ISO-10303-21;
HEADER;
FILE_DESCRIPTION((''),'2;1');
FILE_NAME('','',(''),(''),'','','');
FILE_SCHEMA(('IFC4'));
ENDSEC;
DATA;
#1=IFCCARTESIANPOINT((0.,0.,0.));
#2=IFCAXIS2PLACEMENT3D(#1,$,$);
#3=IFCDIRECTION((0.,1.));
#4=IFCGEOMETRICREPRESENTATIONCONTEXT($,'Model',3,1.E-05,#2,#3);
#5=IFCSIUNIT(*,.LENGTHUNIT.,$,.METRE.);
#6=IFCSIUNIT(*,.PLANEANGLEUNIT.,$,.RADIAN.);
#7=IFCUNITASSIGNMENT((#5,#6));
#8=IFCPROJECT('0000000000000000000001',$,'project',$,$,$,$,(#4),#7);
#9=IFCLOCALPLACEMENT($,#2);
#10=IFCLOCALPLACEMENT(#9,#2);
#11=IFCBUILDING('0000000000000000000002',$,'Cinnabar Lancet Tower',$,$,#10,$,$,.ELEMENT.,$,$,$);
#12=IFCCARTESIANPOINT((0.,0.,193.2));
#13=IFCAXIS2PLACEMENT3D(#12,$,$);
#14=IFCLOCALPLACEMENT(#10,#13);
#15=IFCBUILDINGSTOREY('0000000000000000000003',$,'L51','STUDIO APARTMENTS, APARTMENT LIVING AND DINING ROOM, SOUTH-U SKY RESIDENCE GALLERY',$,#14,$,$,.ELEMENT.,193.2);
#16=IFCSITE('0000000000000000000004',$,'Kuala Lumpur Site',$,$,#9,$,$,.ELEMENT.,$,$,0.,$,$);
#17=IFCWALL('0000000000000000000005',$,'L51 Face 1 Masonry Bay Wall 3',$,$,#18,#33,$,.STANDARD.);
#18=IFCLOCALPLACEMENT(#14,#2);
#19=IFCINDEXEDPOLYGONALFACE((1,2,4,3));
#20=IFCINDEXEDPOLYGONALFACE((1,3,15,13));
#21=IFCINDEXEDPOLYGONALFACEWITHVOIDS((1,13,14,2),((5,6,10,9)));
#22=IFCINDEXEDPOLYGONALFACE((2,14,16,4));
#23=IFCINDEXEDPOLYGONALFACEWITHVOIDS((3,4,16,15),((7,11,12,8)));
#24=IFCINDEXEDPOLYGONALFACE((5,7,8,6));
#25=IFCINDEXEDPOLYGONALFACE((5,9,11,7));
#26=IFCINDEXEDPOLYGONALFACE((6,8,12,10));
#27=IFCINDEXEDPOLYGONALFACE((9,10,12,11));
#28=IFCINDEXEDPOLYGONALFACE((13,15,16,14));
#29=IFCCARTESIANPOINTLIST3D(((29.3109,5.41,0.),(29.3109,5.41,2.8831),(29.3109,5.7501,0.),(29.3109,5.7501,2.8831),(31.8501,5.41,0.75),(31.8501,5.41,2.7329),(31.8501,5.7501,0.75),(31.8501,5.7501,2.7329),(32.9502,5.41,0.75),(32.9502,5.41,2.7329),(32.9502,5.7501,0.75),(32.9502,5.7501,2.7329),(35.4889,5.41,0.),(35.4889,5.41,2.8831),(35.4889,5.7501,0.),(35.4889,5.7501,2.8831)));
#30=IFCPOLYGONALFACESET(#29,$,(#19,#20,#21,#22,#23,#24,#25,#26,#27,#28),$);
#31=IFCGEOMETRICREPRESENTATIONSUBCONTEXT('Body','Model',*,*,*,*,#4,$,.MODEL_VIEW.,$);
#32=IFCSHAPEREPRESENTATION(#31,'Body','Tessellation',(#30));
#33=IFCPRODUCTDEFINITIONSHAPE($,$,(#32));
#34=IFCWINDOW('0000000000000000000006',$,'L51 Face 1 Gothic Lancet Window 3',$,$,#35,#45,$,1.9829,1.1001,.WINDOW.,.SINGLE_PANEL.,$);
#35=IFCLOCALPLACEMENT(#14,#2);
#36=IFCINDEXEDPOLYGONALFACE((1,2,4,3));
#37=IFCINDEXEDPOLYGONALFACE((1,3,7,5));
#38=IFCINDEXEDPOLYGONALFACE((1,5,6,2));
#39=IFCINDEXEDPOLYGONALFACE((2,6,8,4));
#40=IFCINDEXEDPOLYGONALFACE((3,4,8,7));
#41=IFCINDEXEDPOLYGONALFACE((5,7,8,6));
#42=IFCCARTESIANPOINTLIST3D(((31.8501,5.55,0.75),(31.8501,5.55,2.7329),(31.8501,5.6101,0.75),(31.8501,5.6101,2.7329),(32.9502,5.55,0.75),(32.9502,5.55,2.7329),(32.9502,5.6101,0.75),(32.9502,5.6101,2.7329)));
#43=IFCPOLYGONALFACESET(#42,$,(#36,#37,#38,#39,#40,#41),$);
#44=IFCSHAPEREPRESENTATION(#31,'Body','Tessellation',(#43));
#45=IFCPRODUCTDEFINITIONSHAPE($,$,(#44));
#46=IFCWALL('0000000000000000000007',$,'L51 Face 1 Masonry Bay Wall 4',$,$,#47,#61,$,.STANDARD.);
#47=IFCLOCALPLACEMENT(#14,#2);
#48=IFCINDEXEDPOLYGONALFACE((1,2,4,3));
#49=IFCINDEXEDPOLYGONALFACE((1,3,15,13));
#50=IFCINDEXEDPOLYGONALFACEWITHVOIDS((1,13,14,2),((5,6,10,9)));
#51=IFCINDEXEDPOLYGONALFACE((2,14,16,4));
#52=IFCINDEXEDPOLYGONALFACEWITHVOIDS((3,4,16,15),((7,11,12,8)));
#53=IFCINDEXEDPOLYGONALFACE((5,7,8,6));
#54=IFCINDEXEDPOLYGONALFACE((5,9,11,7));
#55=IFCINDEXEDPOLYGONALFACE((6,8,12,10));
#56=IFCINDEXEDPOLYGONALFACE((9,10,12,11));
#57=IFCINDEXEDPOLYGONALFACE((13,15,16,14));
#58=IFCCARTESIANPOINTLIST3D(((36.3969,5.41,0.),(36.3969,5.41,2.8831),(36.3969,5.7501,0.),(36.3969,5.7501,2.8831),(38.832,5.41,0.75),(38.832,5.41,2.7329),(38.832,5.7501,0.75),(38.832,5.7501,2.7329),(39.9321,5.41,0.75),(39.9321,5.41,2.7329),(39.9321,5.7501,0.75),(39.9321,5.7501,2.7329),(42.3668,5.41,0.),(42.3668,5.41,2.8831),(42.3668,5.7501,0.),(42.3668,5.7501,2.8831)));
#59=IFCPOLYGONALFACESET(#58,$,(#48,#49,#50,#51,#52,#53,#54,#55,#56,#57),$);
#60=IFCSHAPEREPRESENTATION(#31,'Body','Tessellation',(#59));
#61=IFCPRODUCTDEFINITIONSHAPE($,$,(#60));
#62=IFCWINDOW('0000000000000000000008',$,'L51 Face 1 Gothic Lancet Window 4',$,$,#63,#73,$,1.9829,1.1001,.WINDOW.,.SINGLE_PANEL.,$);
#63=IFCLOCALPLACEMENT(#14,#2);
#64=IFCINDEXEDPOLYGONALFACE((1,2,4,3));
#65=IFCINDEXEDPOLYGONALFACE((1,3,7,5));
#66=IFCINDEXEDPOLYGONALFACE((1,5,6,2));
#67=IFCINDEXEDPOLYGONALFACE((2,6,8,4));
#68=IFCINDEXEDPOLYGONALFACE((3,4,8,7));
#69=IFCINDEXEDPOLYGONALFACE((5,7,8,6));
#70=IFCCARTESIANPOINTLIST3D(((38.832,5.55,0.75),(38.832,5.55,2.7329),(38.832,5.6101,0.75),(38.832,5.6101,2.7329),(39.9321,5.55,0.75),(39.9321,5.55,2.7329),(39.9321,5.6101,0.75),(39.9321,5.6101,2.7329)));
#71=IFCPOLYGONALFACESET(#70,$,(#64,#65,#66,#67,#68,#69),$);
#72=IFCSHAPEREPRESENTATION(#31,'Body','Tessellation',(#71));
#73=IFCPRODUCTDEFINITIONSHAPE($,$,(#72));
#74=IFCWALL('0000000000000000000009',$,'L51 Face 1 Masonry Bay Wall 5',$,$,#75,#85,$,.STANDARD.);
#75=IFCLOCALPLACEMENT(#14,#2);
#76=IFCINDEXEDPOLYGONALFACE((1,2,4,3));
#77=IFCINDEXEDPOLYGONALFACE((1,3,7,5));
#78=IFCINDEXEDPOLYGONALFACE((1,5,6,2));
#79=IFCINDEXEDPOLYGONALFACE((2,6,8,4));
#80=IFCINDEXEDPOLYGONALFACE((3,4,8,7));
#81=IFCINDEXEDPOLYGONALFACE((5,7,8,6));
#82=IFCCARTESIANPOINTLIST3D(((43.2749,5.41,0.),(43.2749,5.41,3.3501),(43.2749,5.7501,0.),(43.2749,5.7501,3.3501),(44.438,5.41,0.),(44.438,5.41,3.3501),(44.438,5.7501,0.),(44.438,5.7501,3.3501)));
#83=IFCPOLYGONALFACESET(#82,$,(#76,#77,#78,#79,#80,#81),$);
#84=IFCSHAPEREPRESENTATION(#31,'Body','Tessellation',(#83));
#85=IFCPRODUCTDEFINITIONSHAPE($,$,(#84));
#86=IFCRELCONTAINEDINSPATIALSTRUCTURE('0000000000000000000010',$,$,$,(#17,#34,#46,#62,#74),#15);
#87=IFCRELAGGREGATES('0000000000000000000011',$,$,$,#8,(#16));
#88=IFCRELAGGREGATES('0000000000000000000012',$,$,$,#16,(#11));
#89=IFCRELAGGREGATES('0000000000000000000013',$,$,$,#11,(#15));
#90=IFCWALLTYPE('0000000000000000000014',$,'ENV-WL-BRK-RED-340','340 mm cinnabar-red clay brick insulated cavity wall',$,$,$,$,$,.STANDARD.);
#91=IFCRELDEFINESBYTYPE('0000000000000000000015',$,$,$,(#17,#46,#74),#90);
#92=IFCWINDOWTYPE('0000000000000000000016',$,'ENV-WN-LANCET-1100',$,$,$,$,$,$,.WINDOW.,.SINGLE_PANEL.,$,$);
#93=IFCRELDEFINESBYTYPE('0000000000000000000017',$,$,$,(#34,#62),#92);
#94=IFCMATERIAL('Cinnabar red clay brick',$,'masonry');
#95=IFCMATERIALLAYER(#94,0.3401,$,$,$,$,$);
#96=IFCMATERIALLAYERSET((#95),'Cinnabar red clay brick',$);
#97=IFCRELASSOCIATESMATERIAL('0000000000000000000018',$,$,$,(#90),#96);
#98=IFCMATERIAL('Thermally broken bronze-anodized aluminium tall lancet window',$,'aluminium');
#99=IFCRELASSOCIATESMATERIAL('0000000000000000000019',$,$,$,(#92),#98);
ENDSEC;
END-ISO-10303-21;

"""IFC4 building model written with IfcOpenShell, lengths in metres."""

from ifc_helpers import new_model, si_unit, direction, frame, frame_2d, origin, place, context, subcontext, project, spatial, rectangle, extrude, material, layer, layer_set, type_object, element, fill, save


model = new_model("IFC4")

# Units and contexts
model_context = context("Model", 3, precision=1e-05, world=origin(), true_north=direction((0.0, 1.0)))
body_context = subcontext(model_context, "Body", "Model", "MODEL_VIEW")
ifc_project = project(units=[si_unit("LENGTHUNIT", "METRE"), si_unit("PLANEANGLEUNIT", "RADIAN")], contexts=[model_context])

# Site, building, storey
site_placement = place(None, origin())
site = spatial("IfcSite", under=ifc_project, at=site_placement, Name="Kuala Lumpur Site", CompositionType="ELEMENT", RefElevation=0.0)
building_placement = place(site_placement, origin())
building = spatial("IfcBuilding", under=site, at=building_placement, Name="Cinnabar Lancet Tower", CompositionType="ELEMENT")
storey_placement = place(building_placement, frame((0.0, 0.0, 193.2)))
storey = spatial("IfcBuildingStorey", under=building, at=storey_placement, Name="L51", Description="STUDIO APARTMENTS, APARTMENT LIVING AND DINING ROOM, SOUTH-U SKY RESIDENCE GALLERY", CompositionType="ELEMENT", Elevation=193.2)

# Walls, openings, windows
ifc_material_1 = material(Name="Cinnabar red clay brick", Category="masonry")
ifc_layer_1 = layer(ifc_material_1, 0.3401)
ifc_layer_set_1 = layer_set([ifc_layer_1], Name="Cinnabar red clay brick")
wall_type_1 = type_object("IfcWallType", Name="ENV-WL-BRK-RED-340", Description="340 mm cinnabar-red clay brick insulated cavity wall", PredefinedType="STANDARD", material=ifc_layer_set_1)
wall_1_placement = place(storey_placement, frame((29.311, 5.5801, 0.0), z_axis=(0.0, 0.0, 1.0), x_axis=(1.0, 0.0, 0.0)))
wall_1 = element("IfcWall", 1, at=wall_1_placement, inside=storey, type_object=wall_type_1, Name="L51 Face 1 Masonry Bay Wall 3", PredefinedType="STANDARD", context=body_context, shape_type="SweptSolid", body=[
    extrude(rectangle(XDim=6.178, YDim=0.3401, at=frame_2d((3.0889, 0.0))), origin(), (0.0, 0.0, 1.0), 2.8831),
])
opening_1_placement = place(wall_1_placement, frame((2.5391, 0.0, 0.75)))
opening_1 = element("IfcOpeningElement", 2, at=opening_1_placement, cuts=wall_1, PredefinedType="OPENING", context=body_context, shape_type="SweptSolid", body=[
    extrude(rectangle(XDim=1.1001, YDim=1.9829, at=frame_2d((0.55, 0.9915))), frame((0.0, 0.1799, 0.0), z_axis=(0.0, -1.0, 0.0), x_axis=(1.0, 0.0, 0.0)), (0.0, 0.0, 1.0), 0.3601),
])
ifc_material_2 = material(Name="Thermally broken bronze-anodized aluminium tall lancet window", Category="aluminium")
window_type = type_object("IfcWindowType", Name="ENV-WN-LANCET-1100", PartitioningType="SINGLE_PANEL", PredefinedType="WINDOW", material=ifc_material_2)
window_1_placement = place(opening_1_placement, origin())
window_1 = element("IfcWindow", 3, at=window_1_placement, inside=storey, type_object=window_type, Name="L51 Face 1 Gothic Lancet Window 3", OverallHeight=1.9829, OverallWidth=1.1001, PartitioningType="SINGLE_PANEL", PredefinedType="WINDOW", context=body_context, shape_type="SweptSolid", body=[
    extrude(rectangle(XDim=1.1001, YDim=1.9829, at=frame_2d((0.55, 0.9915))), frame((0.0, 0.03, 0.0), z_axis=(0.0, -1.0, 0.0), x_axis=(1.0, 0.0, 0.0)), (0.0, 0.0, 1.0), 0.0601),
])
fill(opening_1, window_1)
wall_2_placement = place(storey_placement, frame((36.397, 5.5801, 0.0), z_axis=(0.0, 0.0, 1.0), x_axis=(1.0, 0.0, 0.0)))
wall_2 = element("IfcWall", 4, at=wall_2_placement, inside=storey, type_object=wall_type_1, Name="L51 Face 1 Masonry Bay Wall 4", PredefinedType="STANDARD", context=body_context, shape_type="SweptSolid", body=[
    extrude(rectangle(XDim=5.97, YDim=0.3401, at=frame_2d((2.9849, 0.0))), origin(), (0.0, 0.0, 1.0), 2.8831),
])
opening_2_placement = place(wall_2_placement, frame((2.4351, 0.0, 0.75)))
opening_2 = element("IfcOpeningElement", 5, at=opening_2_placement, cuts=wall_2, PredefinedType="OPENING", context=body_context, shape_type="SweptSolid", body=[
    extrude(rectangle(XDim=1.1001, YDim=1.9829, at=frame_2d((0.55, 0.9915))), frame((0.0, 0.1799, 0.0), z_axis=(0.0, -1.0, 0.0), x_axis=(1.0, 0.0, 0.0)), (0.0, 0.0, 1.0), 0.3601),
])
window_2_placement = place(opening_2_placement, origin())
window_2 = element("IfcWindow", 6, at=window_2_placement, inside=storey, type_object=window_type, Name="L51 Face 1 Gothic Lancet Window 4", OverallHeight=1.9829, OverallWidth=1.1001, PartitioningType="SINGLE_PANEL", PredefinedType="WINDOW", context=body_context, shape_type="SweptSolid", body=[
    extrude(rectangle(XDim=1.1001, YDim=1.9829, at=frame_2d((0.55, 0.9915))), frame((0.0, 0.03, 0.0), z_axis=(0.0, -1.0, 0.0), x_axis=(1.0, 0.0, 0.0)), (0.0, 0.0, 1.0), 0.0601),
])
fill(opening_2, window_2)

# Wall
wall_3_placement = place(storey_placement, frame((43.2749, 5.5801, 0.0), z_axis=(0.0, 0.0, 1.0), x_axis=(1.0, 0.0, 0.0)))
element("IfcWall", 7, at=wall_3_placement, inside=storey, type_object=wall_type_1, Name="L51 Face 1 Masonry Bay Wall 5", PredefinedType="STANDARD", context=body_context, shape_type="SweptSolid", body=[
    extrude(rectangle(XDim=1.1631, YDim=0.3401, at=frame_2d((0.5815, 0.0))), origin(), (0.0, 0.0, 1.0), 3.3501),
])

save(model, "model.ifc")
